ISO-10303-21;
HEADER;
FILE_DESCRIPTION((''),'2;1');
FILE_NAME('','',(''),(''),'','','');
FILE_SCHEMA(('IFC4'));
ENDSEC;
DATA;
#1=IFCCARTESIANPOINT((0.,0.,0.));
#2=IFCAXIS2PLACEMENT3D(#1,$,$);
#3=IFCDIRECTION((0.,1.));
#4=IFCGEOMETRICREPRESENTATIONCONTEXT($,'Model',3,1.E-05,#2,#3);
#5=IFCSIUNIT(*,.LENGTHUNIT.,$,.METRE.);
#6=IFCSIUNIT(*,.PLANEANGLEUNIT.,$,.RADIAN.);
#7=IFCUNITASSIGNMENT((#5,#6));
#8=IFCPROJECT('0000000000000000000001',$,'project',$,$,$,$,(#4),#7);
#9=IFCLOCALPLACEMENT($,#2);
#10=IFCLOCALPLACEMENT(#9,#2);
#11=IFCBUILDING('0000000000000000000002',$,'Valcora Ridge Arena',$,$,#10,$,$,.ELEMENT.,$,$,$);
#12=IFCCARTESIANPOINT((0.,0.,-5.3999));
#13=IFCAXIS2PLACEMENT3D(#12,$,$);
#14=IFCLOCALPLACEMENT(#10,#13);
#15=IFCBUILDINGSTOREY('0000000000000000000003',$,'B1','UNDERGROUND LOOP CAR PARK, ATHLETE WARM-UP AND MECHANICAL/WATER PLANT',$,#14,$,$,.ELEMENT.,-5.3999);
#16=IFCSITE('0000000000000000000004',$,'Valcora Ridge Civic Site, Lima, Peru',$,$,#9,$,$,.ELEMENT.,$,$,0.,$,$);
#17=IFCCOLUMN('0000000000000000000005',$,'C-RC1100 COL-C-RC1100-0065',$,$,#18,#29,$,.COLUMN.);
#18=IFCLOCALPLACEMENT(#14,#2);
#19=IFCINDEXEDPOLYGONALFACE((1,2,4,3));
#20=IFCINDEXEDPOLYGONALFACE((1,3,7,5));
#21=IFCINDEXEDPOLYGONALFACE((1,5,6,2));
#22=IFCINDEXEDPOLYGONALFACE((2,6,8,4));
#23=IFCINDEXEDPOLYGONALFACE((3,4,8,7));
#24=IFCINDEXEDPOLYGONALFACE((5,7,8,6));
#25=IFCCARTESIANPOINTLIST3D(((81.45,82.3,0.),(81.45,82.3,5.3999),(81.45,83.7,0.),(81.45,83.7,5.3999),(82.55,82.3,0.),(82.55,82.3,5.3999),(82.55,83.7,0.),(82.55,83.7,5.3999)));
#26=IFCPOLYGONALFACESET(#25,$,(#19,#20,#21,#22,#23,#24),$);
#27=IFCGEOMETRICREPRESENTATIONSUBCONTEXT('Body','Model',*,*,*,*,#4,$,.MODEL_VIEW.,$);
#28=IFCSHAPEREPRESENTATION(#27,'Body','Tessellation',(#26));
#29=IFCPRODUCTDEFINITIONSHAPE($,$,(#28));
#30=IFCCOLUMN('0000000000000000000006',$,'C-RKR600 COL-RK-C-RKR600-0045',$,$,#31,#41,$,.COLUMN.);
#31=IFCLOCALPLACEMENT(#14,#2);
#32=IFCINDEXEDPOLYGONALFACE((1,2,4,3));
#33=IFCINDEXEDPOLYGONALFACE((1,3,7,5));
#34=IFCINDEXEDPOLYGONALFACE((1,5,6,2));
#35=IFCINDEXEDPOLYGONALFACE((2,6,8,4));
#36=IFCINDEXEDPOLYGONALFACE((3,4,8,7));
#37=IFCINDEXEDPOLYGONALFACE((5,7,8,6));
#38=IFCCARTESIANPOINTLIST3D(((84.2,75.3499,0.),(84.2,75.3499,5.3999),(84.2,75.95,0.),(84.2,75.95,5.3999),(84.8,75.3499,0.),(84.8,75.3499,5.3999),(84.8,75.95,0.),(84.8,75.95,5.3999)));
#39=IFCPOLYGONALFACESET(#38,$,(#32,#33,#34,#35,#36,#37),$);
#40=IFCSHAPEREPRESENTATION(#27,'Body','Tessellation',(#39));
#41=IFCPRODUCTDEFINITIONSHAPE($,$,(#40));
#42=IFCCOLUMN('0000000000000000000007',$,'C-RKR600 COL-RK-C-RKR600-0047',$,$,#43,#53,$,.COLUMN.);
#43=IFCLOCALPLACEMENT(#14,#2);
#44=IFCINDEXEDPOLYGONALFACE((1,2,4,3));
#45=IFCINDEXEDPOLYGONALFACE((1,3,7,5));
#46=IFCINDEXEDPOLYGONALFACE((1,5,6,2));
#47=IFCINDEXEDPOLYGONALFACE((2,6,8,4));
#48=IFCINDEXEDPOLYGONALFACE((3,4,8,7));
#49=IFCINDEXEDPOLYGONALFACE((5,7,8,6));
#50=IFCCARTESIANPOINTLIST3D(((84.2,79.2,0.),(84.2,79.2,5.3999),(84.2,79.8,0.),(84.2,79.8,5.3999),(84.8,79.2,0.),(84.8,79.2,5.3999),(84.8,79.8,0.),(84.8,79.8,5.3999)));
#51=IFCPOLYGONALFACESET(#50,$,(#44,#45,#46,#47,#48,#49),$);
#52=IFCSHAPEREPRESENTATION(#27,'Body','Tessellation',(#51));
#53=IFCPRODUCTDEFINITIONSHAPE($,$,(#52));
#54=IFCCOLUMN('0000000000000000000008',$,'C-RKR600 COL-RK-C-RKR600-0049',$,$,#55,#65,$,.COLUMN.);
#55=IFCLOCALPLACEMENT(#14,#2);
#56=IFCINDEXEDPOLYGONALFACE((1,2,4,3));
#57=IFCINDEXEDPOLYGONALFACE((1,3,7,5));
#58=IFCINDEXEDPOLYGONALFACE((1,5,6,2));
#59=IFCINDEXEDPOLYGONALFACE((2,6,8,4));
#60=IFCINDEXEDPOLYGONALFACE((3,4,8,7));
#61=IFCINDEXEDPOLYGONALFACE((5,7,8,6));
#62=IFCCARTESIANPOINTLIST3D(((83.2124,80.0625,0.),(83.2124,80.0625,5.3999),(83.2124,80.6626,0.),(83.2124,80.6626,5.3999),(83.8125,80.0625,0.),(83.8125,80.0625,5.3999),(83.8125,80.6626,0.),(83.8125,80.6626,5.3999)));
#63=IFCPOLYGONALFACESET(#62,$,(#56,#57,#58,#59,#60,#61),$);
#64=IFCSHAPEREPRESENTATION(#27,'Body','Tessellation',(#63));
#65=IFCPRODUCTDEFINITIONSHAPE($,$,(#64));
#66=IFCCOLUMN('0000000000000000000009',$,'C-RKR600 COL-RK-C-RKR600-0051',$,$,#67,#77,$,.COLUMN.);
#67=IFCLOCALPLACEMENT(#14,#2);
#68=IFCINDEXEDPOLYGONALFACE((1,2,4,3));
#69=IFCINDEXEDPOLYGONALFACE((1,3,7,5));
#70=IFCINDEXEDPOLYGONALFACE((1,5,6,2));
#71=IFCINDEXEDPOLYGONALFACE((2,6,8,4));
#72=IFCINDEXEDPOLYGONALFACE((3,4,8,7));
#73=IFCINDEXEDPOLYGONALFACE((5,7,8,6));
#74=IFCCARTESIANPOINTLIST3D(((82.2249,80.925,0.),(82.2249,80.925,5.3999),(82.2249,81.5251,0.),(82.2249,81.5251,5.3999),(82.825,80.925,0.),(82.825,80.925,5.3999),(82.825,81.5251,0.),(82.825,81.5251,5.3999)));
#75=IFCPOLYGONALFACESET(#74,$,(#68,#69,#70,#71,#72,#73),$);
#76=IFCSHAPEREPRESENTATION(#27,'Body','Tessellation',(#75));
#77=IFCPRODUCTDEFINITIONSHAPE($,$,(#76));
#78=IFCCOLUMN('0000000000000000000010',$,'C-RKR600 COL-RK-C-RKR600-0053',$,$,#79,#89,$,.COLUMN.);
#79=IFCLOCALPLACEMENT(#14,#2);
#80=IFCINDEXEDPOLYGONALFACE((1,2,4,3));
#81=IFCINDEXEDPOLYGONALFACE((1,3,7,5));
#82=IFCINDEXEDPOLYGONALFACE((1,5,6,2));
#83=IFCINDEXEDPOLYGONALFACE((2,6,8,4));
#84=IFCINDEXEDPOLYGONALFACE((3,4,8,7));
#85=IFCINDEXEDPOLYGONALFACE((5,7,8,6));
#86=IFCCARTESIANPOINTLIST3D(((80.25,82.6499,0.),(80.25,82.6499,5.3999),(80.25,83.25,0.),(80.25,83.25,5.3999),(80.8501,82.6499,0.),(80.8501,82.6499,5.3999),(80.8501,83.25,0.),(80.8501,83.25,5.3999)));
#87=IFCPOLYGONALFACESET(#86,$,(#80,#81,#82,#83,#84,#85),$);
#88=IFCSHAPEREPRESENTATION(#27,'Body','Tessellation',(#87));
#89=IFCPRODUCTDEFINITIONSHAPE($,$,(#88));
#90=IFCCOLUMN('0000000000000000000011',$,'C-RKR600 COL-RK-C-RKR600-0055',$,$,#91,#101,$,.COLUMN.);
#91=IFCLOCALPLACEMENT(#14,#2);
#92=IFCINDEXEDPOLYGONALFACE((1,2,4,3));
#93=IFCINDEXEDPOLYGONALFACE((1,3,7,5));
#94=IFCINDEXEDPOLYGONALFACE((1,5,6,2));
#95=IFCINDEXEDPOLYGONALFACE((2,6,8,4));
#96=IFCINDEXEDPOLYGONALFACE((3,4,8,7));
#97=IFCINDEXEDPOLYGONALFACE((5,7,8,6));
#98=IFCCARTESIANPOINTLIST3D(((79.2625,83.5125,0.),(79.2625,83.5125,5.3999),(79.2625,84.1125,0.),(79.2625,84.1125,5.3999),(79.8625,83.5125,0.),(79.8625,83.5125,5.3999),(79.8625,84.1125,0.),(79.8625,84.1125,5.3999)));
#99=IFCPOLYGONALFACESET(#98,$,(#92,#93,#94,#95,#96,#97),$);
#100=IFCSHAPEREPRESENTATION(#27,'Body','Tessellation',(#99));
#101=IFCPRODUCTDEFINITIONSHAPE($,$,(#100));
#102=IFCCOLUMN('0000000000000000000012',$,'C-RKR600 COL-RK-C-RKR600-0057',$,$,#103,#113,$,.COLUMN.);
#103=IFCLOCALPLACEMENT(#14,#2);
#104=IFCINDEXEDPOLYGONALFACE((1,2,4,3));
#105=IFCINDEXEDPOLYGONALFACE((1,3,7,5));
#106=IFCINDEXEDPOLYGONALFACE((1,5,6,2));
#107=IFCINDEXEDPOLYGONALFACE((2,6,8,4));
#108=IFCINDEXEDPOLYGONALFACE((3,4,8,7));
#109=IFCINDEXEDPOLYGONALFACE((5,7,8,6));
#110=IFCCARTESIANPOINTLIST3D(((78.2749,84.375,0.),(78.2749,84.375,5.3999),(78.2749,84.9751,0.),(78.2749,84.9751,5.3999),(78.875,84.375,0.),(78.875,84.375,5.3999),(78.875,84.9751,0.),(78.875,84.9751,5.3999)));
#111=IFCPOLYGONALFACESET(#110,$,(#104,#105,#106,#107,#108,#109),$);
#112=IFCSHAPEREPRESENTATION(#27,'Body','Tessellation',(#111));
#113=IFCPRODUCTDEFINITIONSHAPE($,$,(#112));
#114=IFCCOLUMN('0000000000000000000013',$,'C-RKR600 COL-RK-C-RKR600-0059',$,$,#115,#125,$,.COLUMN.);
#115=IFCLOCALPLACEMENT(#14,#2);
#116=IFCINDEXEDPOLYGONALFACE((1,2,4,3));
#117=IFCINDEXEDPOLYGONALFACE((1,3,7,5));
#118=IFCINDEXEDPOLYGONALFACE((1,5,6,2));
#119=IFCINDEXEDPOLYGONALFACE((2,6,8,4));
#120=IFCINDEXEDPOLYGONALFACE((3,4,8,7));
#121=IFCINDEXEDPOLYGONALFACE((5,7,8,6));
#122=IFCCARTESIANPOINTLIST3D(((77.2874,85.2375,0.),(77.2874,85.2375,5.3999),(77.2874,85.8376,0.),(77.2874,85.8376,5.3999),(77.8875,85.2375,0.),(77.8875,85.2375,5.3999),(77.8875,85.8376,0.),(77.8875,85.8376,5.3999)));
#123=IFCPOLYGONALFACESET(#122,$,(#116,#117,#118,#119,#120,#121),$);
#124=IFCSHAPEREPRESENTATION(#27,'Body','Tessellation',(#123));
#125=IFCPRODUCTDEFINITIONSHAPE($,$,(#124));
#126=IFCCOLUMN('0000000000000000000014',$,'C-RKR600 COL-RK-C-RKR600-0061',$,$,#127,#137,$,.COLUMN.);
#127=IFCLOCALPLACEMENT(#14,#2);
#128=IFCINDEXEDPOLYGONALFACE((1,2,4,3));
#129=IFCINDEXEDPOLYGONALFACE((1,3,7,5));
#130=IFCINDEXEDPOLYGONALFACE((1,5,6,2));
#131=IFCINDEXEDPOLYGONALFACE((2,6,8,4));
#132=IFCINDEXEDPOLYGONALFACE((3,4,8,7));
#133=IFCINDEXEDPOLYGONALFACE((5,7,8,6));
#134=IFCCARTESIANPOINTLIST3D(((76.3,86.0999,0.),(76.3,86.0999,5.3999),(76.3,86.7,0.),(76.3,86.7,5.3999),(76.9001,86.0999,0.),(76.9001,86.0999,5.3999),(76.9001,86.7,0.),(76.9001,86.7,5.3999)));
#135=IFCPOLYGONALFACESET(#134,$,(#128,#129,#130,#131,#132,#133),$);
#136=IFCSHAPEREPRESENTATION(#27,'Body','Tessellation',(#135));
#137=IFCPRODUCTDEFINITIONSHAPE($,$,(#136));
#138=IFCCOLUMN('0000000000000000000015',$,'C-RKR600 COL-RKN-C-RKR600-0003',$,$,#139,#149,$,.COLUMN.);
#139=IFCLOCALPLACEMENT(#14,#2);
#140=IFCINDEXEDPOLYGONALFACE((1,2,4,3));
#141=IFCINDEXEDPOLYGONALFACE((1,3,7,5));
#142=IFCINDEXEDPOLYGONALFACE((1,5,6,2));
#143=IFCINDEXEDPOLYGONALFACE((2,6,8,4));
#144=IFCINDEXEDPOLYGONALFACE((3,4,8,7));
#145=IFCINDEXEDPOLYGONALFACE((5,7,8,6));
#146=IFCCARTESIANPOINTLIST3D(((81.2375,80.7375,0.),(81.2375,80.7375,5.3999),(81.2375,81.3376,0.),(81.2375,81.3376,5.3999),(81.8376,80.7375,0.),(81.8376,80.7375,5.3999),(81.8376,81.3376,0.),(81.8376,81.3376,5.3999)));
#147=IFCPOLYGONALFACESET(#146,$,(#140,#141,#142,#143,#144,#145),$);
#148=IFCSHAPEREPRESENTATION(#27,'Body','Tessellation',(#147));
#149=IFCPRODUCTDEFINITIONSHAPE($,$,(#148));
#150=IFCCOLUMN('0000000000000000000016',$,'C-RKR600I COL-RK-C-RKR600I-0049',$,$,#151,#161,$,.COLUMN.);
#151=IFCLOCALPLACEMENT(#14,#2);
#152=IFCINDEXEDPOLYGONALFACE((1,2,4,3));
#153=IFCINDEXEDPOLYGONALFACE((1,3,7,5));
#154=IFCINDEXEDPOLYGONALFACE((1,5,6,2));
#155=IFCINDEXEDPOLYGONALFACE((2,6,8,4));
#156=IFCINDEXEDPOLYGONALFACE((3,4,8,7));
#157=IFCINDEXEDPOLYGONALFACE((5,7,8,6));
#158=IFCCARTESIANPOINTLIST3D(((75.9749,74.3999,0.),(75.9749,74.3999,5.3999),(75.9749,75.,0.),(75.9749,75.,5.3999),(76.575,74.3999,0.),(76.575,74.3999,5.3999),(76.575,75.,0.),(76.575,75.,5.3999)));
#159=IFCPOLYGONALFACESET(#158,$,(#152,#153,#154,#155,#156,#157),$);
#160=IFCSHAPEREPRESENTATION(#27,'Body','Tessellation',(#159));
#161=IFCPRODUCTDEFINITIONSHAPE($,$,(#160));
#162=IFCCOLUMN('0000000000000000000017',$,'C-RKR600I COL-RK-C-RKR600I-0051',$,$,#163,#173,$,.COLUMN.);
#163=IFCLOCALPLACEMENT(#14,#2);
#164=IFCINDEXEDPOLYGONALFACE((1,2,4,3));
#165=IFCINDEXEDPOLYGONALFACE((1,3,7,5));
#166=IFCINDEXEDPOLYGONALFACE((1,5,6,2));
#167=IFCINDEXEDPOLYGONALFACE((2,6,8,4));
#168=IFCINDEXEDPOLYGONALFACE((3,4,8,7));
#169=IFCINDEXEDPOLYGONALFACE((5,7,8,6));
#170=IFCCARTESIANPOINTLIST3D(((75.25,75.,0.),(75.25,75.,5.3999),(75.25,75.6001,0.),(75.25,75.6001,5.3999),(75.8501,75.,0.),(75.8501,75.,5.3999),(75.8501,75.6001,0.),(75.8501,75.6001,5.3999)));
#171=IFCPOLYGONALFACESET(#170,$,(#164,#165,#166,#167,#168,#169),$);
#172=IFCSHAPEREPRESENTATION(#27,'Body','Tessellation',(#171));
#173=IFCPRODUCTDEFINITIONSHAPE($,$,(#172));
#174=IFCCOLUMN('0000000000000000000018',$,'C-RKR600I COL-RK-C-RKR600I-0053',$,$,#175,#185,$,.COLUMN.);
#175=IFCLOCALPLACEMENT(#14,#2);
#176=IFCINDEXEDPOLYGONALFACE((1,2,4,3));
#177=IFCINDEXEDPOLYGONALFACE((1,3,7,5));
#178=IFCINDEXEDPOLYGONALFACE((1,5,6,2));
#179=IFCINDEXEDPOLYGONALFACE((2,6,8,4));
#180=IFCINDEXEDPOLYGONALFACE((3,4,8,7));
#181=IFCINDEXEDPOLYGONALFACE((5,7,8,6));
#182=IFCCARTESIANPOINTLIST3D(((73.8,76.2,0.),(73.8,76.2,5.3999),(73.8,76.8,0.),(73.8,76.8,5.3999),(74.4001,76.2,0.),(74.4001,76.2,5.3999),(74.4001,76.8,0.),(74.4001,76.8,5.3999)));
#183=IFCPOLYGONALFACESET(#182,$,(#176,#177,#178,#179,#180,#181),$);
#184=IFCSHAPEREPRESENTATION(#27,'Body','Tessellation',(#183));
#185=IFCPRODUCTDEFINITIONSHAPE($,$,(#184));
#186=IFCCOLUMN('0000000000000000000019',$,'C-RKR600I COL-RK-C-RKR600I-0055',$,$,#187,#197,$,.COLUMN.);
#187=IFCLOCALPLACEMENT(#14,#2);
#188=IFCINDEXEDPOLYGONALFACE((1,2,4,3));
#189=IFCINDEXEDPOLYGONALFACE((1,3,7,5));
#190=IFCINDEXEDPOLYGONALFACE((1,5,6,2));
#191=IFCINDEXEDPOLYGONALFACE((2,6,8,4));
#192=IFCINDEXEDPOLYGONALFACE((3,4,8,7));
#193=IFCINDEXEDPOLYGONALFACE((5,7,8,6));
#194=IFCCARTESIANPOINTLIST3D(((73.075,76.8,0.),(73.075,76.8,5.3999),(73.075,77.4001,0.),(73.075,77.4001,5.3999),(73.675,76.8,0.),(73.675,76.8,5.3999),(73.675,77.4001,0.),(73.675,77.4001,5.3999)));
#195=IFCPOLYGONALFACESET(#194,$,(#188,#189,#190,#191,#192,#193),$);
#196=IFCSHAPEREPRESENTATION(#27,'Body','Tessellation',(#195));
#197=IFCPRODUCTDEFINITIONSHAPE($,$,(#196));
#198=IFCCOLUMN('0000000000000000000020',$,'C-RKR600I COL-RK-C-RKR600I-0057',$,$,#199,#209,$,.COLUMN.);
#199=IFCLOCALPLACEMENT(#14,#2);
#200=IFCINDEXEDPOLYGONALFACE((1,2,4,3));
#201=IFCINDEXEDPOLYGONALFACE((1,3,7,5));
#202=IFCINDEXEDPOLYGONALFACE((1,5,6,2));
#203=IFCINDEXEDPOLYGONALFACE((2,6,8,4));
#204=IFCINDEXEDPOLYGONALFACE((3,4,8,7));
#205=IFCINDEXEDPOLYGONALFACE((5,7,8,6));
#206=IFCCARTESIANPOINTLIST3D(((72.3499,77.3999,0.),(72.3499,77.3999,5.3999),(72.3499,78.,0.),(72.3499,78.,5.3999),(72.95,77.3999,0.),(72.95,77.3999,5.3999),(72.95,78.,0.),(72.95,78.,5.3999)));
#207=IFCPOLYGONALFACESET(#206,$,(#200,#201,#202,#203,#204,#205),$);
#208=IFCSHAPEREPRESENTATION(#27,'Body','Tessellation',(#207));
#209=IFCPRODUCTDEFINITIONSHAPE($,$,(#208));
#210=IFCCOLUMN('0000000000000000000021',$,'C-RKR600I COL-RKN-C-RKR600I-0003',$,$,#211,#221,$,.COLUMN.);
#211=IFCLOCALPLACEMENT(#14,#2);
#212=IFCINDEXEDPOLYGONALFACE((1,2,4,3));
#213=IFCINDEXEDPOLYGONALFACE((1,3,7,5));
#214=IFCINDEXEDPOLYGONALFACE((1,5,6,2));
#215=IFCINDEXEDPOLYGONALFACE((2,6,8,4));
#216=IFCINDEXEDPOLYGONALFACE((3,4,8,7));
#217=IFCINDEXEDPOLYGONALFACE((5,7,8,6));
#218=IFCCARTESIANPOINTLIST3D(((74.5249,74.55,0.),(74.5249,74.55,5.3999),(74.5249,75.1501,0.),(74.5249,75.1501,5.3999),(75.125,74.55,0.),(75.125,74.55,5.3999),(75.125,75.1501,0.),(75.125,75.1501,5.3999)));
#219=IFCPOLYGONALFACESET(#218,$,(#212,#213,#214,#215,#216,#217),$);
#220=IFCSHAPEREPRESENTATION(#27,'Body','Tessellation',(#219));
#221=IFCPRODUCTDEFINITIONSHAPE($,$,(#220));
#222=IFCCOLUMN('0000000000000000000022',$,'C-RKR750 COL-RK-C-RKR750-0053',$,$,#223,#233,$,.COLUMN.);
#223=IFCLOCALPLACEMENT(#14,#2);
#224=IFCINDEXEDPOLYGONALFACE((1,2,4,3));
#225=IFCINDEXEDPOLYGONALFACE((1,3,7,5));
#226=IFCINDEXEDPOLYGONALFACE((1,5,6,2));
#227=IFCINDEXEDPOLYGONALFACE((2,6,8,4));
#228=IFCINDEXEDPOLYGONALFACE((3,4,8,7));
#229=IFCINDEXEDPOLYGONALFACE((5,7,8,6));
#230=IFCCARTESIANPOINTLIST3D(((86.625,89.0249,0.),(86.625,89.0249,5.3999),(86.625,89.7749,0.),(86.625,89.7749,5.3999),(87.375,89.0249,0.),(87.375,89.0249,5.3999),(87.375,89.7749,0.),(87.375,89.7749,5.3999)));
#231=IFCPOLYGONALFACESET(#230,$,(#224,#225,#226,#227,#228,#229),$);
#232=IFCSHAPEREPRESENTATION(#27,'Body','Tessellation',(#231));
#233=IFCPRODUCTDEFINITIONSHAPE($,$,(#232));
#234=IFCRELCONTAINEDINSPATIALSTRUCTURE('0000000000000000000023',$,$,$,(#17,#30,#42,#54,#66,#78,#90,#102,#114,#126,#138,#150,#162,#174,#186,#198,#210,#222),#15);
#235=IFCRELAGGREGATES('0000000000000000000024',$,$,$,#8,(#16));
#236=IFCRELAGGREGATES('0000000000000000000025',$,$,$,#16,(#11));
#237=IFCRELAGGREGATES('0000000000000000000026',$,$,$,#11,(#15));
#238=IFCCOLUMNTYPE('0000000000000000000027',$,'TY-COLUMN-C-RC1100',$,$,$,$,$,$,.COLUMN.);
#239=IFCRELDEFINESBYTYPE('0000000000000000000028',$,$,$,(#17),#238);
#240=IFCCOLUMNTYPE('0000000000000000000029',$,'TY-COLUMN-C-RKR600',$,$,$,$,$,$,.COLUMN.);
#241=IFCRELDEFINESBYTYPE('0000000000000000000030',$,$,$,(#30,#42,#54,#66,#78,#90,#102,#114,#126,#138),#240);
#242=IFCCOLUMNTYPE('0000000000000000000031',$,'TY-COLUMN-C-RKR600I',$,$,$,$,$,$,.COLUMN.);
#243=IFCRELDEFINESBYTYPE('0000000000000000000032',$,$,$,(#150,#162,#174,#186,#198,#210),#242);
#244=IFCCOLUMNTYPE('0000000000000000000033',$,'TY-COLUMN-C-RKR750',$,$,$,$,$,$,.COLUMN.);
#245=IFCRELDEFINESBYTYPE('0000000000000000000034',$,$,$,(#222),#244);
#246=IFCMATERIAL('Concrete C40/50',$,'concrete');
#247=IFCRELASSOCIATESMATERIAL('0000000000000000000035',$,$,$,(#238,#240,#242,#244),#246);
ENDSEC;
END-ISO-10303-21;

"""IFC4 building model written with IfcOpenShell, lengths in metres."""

from ifc_helpers import new_model, si_unit, direction, frame, origin, origin_2d, place, context, subcontext, project, spatial, rectangle, extrude, material, material_profile, profile_set, type_object, element, save


model = new_model("IFC4")

# Units and contexts
model_context = context("Model", 3, precision=1e-05, world=origin(), true_north=direction((0.0, 1.0)))
body_context = subcontext(model_context, "Body", "Model", "MODEL_VIEW")
ifc_project = project(units=[si_unit("LENGTHUNIT", "METRE"), si_unit("PLANEANGLEUNIT", "RADIAN")], contexts=[model_context])

# Site, building, storey
site_placement = place(None, origin())
site = spatial("IfcSite", under=ifc_project, at=site_placement, Name="Valcora Ridge Civic Site, Lima, Peru", CompositionType="ELEMENT", RefElevation=0.0)
building_placement = place(site_placement, origin())
building = spatial("IfcBuilding", under=site, at=building_placement, Name="Valcora Ridge Arena", CompositionType="ELEMENT")
storey_placement = place(building_placement, frame((0.0, 0.0, -5.3999)))
storey = spatial("IfcBuildingStorey", under=building, at=storey_placement, Name="B1", Description="UNDERGROUND LOOP CAR PARK, ATHLETE WARM-UP AND MECHANICAL/WATER PLANT", CompositionType="ELEMENT", Elevation=-5.3999)

# Shared definitions
ifc_material_1 = material(Name="Concrete C40/50", Category="concrete")

# Columns
ifc_material_profile_1 = material_profile(ifc_material_1, rectangle(XDim=1.1001, YDim=1.3999, at=origin_2d()), Name="RC 1100x1400")
ifc_profile_set_1 = profile_set([ifc_material_profile_1], Name="Concrete C40/50")
column_type_1 = type_object("IfcColumnType", Name="TY-COLUMN-C-RC1100", PredefinedType="COLUMN", material=ifc_profile_set_1)
column_1_placement = place(storey_placement, frame((82.0, 83.0, 0.0), z_axis=(0.0, 0.0, 1.0), x_axis=(1.0, 0.0, 0.0)))
element("IfcColumn", 1, at=column_1_placement, inside=storey, type_object=column_type_1, Name="C-RC1100 COL-C-RC1100-0065", PredefinedType="COLUMN", context=body_context, shape_type="SweptSolid", body=[
    extrude(rectangle(XDim=1.1001, YDim=1.3999, at=origin_2d()), origin(), (0.0, 0.0, 1.0), 5.3999),
])
ifc_material_profile_2 = material_profile(ifc_material_1, rectangle(XDim=0.6001, YDim=0.6001, at=origin_2d()), Name="RC 600x600")
ifc_profile_set_2 = profile_set([ifc_material_profile_2], Name="Concrete C40/50")
column_type_2 = type_object("IfcColumnType", Name="TY-COLUMN-C-RKR600", PredefinedType="COLUMN", material=ifc_profile_set_2)
for number, where, z_axis, x_axis, name in (
    (2, (84.5, 75.6499, 0.0), (0.0, 0.0, 1.0), (1.0, 0.0, 0.0), "C-RKR600 COL-RK-C-RKR600-0045"),
    (3, (84.5, 79.5, 0.0), (0.0, 0.0, 1.0), (1.0, 0.0, 0.0), "C-RKR600 COL-RK-C-RKR600-0047"),
    (4, (83.5125, 80.3625, 0.0), (0.0, 0.0, 1.0), (1.0, 0.0, 0.0), "C-RKR600 COL-RK-C-RKR600-0049"),
    (5, (82.5249, 81.2251, 0.0), (0.0, 0.0, 1.0), (1.0, 0.0, 0.0), "C-RKR600 COL-RK-C-RKR600-0051"),
    (6, (80.55, 82.95, 0.0), (0.0, 0.0, 1.0), (1.0, 0.0, 0.0), "C-RKR600 COL-RK-C-RKR600-0053"),
    (7, (79.5625, 83.8125, 0.0), (0.0, 0.0, 1.0), (1.0, 0.0, 0.0), "C-RKR600 COL-RK-C-RKR600-0055"),
    (8, (78.575, 84.675, 0.0), (0.0, 0.0, 1.0), (1.0, 0.0, 0.0), "C-RKR600 COL-RK-C-RKR600-0057"),
    (9, (77.5874, 85.5376, 0.0), (0.0, 0.0, 1.0), (1.0, 0.0, 0.0), "C-RKR600 COL-RK-C-RKR600-0059"),
    (10, (76.6001, 86.3999, 0.0), (0.0, 0.0, 1.0), (1.0, 0.0, 0.0), "C-RKR600 COL-RK-C-RKR600-0061"),
    (11, (81.5376, 81.0376, 0.0), (0.0, 0.0, 1.0), (1.0, 0.0, 0.0), "C-RKR600 COL-RKN-C-RKR600-0003"),
):
    element("IfcColumn", number, at=place(storey_placement, frame(where, z_axis=z_axis, x_axis=x_axis)), inside=storey, type_object=column_type_2, Name=name, PredefinedType="COLUMN", context=body_context, shape_type="SweptSolid", body=[
        extrude(rectangle(XDim=0.6001, YDim=0.6001, at=origin_2d()), origin(), (0.0, 0.0, 1.0), 5.3999),
    ])
ifc_material_profile_3 = material_profile(ifc_material_1, rectangle(XDim=0.6001, YDim=0.6001, at=origin_2d()), Name="RC 600x600")
ifc_profile_set_3 = profile_set([ifc_material_profile_3], Name="Concrete C40/50")
column_type_3 = type_object("IfcColumnType", Name="TY-COLUMN-C-RKR600I", PredefinedType="COLUMN", material=ifc_profile_set_3)
for number, where, z_axis, x_axis, name in (
    (12, (76.2749, 74.7, 0.0), (0.0, 0.0, 1.0), (1.0, 0.0, 0.0), "C-RKR600I COL-RK-C-RKR600I-0049"),
    (13, (75.55, 75.3, 0.0), (0.0, 0.0, 1.0), (1.0, 0.0, 0.0), "C-RKR600I COL-RK-C-RKR600I-0051"),
    (14, (74.1001, 76.5, 0.0), (0.0, 0.0, 1.0), (1.0, 0.0, 0.0), "C-RKR600I COL-RK-C-RKR600I-0053"),
    (15, (73.375, 77.1001, 0.0), (0.0, 0.0, 1.0), (1.0, 0.0, 0.0), "C-RKR600I COL-RK-C-RKR600I-0055"),
    (16, (72.6499, 77.7, 0.0), (0.0, 0.0, 1.0), (1.0, 0.0, 0.0), "C-RKR600I COL-RK-C-RKR600I-0057"),
    (17, (74.825, 74.8501, 0.0), (0.0, 0.0, 1.0), (1.0, 0.0, 0.0), "C-RKR600I COL-RKN-C-RKR600I-0003"),
):
    element("IfcColumn", number, at=place(storey_placement, frame(where, z_axis=z_axis, x_axis=x_axis)), inside=storey, type_object=column_type_3, Name=name, PredefinedType="COLUMN", context=body_context, shape_type="SweptSolid", body=[
        extrude(rectangle(XDim=0.6001, YDim=0.6001, at=origin_2d()), origin(), (0.0, 0.0, 1.0), 5.3999),
    ])
ifc_material_profile_4 = material_profile(ifc_material_1, rectangle(XDim=0.75, YDim=0.75, at=origin_2d()), Name="RC 750x750")
ifc_profile_set_4 = profile_set([ifc_material_profile_4], Name="Concrete C40/50")
column_type_4 = type_object("IfcColumnType", Name="TY-COLUMN-C-RKR750", PredefinedType="COLUMN", material=ifc_profile_set_4)
column_2_placement = place(storey_placement, frame((87.0, 89.3999, 0.0), z_axis=(0.0, 0.0, 1.0), x_axis=(1.0, 0.0, 0.0)))
element("IfcColumn", 18, at=column_2_placement, inside=storey, type_object=column_type_4, Name="C-RKR750 COL-RK-C-RKR750-0053", PredefinedType="COLUMN", context=body_context, shape_type="SweptSolid", body=[
    extrude(rectangle(XDim=0.75, YDim=0.75, at=origin_2d()), origin(), (0.0, 0.0, 1.0), 5.3999),
])

save(model, "model.ifc")
